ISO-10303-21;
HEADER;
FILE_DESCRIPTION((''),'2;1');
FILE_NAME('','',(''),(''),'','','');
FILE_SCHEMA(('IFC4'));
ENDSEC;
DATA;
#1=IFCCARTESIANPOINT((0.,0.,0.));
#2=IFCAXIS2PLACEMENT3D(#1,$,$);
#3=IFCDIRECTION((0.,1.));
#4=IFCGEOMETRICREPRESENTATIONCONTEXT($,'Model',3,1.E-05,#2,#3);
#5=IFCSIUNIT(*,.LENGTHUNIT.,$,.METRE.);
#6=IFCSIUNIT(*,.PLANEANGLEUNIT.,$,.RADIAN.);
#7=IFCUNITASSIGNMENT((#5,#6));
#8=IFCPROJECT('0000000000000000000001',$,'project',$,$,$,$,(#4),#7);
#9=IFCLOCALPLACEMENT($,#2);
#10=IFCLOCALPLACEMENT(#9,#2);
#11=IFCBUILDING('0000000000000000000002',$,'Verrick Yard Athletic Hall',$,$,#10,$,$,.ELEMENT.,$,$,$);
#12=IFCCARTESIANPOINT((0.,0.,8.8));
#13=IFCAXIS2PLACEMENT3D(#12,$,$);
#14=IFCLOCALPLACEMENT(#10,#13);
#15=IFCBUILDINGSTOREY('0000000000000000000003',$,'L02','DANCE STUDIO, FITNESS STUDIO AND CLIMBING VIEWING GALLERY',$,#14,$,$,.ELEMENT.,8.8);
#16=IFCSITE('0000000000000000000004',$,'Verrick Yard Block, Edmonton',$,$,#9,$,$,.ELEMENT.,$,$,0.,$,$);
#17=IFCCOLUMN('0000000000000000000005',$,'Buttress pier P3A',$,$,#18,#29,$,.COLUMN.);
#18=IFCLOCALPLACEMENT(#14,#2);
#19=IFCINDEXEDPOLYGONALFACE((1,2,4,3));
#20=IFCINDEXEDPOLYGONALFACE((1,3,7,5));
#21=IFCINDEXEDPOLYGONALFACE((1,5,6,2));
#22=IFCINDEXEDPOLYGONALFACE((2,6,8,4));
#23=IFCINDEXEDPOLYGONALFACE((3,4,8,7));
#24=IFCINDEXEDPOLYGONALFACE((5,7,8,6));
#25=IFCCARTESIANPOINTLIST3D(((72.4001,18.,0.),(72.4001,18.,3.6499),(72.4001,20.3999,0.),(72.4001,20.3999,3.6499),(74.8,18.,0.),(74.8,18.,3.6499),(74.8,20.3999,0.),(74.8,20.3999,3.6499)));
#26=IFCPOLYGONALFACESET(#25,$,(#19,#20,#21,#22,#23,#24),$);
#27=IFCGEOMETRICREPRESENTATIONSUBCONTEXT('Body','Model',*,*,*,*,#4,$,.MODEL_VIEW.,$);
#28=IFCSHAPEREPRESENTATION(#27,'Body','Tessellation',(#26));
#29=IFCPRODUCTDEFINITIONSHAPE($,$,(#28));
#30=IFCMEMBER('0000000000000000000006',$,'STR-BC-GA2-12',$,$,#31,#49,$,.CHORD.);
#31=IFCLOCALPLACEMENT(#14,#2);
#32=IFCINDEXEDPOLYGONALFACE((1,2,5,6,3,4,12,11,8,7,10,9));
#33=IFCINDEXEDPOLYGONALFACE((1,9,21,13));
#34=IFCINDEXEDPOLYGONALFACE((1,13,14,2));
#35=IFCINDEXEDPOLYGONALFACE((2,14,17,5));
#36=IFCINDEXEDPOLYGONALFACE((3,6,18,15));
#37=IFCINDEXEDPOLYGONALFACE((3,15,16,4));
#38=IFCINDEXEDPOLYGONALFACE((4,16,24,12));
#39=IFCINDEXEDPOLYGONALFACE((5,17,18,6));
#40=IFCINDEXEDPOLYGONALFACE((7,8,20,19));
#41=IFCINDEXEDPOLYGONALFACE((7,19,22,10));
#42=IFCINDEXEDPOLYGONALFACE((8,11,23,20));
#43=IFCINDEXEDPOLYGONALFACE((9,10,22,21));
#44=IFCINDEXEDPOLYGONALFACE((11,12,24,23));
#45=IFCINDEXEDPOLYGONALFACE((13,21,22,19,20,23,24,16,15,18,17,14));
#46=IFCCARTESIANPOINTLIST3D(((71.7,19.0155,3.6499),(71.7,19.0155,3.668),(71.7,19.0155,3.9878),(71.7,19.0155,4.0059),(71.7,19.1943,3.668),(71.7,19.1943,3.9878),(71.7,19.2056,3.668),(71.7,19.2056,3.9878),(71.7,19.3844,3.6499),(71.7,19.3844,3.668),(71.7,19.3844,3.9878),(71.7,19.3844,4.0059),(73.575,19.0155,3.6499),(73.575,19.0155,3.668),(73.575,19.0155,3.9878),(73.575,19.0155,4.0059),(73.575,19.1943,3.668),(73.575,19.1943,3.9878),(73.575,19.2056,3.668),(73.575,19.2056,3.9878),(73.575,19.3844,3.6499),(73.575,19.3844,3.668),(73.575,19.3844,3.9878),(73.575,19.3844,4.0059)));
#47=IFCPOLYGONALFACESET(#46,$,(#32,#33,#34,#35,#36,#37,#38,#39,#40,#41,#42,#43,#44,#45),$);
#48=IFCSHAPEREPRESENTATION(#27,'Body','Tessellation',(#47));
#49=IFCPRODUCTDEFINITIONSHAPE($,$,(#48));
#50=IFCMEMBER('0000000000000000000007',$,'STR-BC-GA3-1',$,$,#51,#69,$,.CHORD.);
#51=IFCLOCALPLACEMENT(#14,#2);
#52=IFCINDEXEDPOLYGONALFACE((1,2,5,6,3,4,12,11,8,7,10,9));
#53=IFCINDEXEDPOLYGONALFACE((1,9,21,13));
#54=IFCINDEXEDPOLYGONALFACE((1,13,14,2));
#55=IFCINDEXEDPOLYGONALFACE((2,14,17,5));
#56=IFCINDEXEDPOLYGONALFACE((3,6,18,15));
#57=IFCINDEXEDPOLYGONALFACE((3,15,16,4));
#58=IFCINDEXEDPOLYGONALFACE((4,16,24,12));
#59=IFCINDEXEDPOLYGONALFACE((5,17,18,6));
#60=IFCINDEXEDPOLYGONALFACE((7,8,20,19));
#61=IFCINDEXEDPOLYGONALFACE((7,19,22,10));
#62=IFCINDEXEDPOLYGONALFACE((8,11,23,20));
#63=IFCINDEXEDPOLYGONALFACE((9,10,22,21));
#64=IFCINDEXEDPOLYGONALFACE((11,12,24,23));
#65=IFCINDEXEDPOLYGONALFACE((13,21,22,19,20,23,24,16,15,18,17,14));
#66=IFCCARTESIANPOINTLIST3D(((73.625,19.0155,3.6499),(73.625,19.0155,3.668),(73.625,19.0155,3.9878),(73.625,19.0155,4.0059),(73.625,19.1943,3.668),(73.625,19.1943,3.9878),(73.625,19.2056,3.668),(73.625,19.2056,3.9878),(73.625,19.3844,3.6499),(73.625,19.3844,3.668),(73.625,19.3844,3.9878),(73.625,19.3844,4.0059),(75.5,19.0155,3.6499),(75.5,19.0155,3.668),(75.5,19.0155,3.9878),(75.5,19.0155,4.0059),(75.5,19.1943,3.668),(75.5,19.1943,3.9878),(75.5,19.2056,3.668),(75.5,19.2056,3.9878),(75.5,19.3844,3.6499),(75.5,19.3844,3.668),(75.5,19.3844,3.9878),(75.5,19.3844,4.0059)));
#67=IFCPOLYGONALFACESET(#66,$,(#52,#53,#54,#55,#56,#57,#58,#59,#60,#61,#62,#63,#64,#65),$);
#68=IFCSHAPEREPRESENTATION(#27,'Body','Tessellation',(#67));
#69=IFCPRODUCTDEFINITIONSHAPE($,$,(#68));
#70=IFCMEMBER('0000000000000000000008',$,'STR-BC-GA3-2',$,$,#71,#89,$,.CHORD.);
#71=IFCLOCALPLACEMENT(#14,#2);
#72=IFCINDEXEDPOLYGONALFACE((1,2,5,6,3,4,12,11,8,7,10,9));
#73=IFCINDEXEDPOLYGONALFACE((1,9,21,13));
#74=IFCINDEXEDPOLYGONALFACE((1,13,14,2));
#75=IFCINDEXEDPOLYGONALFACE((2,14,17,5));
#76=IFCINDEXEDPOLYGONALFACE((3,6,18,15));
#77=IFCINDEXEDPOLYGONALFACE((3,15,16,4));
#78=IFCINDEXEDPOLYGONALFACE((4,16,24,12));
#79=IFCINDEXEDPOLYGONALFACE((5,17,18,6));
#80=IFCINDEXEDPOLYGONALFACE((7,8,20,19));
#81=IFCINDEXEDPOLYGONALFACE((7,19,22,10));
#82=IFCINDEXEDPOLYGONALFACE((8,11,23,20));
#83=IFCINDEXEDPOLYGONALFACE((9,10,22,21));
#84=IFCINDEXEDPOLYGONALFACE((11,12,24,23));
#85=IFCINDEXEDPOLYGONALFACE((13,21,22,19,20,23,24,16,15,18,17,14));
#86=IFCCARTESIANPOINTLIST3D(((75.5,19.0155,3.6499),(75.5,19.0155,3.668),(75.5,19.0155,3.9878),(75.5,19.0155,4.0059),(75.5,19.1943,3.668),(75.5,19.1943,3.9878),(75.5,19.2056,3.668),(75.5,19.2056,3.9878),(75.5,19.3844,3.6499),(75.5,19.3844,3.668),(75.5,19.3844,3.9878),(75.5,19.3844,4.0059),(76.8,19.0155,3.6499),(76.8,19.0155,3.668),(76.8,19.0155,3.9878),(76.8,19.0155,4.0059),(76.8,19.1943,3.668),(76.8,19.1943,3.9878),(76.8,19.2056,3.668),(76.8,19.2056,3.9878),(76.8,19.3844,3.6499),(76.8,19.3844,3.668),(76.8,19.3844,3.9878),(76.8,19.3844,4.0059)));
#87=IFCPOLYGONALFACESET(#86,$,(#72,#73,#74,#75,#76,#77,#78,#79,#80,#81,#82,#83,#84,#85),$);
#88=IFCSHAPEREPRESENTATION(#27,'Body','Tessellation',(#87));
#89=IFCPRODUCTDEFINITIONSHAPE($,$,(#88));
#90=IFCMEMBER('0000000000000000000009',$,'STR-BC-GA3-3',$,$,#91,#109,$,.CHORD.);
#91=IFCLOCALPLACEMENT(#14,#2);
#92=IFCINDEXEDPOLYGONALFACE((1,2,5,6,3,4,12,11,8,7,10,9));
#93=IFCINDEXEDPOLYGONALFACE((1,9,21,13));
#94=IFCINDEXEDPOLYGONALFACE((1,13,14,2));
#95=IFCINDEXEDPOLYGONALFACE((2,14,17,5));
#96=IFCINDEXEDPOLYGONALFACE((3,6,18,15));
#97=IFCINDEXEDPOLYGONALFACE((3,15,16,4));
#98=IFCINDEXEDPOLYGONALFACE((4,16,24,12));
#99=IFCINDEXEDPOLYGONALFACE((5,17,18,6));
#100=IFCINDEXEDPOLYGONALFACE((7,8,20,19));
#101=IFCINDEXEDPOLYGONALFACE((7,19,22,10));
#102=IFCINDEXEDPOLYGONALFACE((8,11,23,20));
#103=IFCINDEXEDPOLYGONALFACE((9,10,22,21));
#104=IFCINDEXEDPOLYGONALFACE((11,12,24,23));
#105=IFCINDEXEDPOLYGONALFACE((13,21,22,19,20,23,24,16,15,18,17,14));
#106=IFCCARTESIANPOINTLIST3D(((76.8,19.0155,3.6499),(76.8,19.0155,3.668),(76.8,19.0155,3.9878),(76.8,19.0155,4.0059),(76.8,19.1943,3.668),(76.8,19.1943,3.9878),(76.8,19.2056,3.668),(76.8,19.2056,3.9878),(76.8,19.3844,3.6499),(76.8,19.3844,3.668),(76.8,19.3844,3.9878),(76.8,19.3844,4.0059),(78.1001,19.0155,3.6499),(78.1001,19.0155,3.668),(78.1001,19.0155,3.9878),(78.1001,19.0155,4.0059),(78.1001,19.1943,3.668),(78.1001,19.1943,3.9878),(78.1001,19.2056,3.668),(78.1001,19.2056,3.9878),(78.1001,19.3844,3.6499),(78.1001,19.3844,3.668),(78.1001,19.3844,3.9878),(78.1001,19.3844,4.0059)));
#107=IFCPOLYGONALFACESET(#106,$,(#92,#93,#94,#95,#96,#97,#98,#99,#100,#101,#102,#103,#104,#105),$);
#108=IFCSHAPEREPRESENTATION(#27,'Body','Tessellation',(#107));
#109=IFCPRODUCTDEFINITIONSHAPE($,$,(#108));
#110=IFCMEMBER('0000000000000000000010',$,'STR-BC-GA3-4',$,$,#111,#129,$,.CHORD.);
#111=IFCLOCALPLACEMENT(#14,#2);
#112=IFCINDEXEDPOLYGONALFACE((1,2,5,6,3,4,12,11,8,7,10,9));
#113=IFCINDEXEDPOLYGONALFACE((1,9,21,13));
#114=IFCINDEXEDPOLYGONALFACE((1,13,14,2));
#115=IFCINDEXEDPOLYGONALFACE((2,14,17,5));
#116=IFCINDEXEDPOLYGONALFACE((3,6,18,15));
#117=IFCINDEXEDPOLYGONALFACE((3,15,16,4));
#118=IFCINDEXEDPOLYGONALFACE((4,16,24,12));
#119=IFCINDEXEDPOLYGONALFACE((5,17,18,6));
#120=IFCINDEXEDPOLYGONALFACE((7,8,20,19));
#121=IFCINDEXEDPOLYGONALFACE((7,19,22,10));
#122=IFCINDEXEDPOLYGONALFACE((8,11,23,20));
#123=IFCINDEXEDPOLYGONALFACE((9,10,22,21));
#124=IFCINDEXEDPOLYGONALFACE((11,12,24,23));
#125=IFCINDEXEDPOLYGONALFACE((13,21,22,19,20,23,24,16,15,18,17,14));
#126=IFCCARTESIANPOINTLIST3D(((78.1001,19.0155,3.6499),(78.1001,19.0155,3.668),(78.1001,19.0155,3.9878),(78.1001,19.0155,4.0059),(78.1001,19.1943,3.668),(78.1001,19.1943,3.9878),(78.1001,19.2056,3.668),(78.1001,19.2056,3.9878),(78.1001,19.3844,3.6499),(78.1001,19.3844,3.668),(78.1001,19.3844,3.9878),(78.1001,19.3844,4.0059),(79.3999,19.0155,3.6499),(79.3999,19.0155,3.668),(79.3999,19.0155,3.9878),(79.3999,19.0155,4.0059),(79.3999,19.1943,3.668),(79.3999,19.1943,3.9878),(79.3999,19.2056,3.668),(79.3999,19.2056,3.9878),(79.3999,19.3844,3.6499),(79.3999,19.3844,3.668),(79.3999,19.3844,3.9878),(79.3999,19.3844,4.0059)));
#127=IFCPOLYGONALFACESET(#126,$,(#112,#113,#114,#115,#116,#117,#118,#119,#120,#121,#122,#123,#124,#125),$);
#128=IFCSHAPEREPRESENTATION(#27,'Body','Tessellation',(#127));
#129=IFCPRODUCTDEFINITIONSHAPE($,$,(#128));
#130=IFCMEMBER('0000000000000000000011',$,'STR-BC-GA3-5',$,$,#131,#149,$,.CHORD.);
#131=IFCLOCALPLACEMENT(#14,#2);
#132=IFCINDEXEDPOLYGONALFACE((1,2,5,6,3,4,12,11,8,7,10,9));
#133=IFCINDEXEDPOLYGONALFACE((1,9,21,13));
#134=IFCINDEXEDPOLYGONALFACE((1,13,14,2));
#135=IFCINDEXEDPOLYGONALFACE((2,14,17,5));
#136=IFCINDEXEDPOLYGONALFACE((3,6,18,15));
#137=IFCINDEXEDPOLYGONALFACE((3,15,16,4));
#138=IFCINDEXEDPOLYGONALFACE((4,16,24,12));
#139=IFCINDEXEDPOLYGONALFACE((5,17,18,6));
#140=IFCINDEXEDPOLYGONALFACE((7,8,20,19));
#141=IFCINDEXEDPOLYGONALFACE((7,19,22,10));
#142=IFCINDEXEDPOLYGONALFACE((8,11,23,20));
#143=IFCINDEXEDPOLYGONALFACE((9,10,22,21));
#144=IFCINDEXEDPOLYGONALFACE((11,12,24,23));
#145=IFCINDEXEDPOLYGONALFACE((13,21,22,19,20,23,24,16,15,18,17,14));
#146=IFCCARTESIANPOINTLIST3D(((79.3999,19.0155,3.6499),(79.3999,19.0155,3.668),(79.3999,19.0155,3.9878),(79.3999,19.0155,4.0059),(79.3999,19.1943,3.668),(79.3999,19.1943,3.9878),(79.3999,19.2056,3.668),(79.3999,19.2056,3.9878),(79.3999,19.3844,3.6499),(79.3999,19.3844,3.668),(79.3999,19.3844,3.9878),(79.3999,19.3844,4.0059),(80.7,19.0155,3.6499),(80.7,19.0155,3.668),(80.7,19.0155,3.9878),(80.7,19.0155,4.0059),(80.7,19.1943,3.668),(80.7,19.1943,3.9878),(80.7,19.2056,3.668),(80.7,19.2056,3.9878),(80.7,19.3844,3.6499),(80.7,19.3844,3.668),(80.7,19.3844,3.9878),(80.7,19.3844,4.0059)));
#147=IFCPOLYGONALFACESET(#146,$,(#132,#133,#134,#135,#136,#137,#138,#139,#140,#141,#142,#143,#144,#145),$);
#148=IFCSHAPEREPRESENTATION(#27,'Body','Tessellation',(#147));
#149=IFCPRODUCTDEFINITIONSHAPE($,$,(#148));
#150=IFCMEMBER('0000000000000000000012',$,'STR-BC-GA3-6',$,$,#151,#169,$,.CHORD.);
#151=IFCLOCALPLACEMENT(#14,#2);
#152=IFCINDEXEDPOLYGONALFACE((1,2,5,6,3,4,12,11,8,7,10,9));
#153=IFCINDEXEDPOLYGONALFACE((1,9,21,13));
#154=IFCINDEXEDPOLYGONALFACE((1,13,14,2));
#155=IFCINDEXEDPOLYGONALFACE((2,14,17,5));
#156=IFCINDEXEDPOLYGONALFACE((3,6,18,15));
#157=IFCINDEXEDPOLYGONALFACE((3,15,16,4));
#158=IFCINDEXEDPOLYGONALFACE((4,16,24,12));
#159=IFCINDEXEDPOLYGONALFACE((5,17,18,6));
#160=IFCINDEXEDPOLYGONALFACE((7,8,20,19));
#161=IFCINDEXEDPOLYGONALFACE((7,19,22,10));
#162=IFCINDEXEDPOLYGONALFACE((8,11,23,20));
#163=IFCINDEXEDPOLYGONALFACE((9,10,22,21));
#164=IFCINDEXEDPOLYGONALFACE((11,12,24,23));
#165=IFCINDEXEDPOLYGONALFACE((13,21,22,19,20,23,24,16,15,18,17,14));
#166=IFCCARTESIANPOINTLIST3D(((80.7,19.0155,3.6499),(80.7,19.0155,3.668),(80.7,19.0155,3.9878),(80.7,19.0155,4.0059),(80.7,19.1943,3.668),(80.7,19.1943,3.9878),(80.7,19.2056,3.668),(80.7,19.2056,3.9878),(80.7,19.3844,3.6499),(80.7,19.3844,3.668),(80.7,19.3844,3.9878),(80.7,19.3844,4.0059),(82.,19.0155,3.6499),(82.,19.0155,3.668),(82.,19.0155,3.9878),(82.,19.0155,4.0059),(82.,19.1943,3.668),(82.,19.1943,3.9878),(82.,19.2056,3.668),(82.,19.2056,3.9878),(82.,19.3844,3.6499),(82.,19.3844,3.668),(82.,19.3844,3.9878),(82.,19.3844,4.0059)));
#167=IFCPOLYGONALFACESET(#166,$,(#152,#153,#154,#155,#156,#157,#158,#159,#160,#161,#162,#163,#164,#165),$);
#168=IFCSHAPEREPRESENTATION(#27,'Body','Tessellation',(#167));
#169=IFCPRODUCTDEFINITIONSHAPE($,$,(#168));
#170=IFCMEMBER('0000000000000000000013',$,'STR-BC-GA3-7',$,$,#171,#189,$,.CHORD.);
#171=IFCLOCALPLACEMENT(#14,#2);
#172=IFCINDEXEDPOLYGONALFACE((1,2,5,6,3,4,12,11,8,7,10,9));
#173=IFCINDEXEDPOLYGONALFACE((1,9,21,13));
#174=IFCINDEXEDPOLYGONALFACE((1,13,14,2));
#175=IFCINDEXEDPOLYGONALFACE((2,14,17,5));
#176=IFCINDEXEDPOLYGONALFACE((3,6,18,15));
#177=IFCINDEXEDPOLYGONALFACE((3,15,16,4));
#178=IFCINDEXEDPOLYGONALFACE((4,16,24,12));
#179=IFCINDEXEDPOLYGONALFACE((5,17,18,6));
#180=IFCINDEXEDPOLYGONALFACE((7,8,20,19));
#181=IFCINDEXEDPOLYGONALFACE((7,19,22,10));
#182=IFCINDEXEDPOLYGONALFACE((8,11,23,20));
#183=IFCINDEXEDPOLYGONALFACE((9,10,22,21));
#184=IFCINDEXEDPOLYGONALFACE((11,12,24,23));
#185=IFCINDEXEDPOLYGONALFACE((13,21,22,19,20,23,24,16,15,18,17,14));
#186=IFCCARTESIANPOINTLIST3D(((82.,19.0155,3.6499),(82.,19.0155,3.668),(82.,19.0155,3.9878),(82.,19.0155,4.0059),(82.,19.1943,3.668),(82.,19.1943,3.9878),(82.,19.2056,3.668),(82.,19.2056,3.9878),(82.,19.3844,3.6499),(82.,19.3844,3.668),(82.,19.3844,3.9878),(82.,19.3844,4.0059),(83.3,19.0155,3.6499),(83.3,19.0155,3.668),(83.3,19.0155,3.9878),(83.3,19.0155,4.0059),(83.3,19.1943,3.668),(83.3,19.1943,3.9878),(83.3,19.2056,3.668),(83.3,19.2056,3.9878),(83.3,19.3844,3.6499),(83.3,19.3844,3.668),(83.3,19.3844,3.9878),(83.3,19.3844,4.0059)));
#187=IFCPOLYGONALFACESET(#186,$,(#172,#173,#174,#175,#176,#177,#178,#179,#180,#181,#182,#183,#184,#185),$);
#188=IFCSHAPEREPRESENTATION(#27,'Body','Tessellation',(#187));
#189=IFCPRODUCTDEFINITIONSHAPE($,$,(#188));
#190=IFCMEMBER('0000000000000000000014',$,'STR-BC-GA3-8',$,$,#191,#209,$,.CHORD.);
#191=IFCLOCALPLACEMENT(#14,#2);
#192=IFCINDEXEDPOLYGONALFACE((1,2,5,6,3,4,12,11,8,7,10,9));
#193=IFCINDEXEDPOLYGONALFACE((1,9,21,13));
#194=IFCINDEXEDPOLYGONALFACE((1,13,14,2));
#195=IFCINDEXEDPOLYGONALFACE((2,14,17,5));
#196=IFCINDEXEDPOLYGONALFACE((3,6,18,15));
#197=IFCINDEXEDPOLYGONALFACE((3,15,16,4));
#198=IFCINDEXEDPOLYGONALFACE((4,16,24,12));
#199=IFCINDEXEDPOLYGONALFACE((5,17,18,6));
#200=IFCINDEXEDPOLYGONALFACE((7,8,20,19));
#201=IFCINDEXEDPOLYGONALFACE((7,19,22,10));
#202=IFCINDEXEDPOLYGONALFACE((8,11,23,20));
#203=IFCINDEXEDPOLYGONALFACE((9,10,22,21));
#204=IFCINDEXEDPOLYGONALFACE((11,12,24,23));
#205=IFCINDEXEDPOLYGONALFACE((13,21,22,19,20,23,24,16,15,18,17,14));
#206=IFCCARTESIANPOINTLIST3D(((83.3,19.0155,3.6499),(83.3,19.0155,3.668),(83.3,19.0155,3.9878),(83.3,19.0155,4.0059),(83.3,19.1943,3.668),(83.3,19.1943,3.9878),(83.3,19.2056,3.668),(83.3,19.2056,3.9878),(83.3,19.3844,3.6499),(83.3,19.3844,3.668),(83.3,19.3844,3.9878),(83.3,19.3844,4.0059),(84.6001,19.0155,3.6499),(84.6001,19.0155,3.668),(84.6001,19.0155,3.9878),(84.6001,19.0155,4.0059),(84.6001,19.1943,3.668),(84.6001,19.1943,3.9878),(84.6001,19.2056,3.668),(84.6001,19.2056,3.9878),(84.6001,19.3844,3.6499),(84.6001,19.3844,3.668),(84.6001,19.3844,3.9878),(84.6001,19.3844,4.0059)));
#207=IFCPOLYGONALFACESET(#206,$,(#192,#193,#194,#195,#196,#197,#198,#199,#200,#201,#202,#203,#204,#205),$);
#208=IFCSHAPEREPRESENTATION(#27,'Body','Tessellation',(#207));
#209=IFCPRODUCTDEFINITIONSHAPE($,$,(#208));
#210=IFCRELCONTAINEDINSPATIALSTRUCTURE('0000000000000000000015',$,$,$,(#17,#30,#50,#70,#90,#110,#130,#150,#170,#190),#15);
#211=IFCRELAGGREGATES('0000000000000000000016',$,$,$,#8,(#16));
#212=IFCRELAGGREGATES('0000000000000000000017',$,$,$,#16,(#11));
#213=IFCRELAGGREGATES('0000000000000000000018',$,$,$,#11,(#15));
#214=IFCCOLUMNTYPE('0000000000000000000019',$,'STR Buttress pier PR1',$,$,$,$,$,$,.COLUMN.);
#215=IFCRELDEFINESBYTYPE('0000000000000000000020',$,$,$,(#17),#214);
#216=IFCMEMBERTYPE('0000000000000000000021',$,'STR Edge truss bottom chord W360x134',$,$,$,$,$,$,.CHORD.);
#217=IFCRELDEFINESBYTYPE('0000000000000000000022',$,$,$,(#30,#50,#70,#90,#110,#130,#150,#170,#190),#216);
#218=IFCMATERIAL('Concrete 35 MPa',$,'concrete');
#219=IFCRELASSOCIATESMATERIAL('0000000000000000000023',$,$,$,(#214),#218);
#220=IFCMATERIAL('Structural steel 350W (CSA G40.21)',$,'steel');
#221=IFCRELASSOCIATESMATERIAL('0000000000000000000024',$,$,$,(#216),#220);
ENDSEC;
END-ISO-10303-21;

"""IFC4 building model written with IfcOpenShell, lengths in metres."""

from ifc_helpers import new_model, si_unit, direction, frame, origin, origin_2d, place, context, subcontext, project, spatial, rectangle, i_section, extrude, material, material_profile, profile_set, type_object, element, save


model = new_model("IFC4")

# Units and contexts
model_context = context("Model", 3, precision=1e-05, world=origin(), true_north=direction((0.0, 1.0)))
body_context = subcontext(model_context, "Body", "Model", "MODEL_VIEW")
ifc_project = project(units=[si_unit("LENGTHUNIT", "METRE"), si_unit("PLANEANGLEUNIT", "RADIAN")], contexts=[model_context])

# Site, building, storey
site_placement = place(None, origin())
site = spatial("IfcSite", under=ifc_project, at=site_placement, Name="Verrick Yard Block, Edmonton", CompositionType="ELEMENT", RefElevation=0.0)
building_placement = place(site_placement, origin())
building = spatial("IfcBuilding", under=site, at=building_placement, Name="Verrick Yard Athletic Hall", CompositionType="ELEMENT")
storey_placement = place(building_placement, frame((0.0, 0.0, 8.8)))
storey = spatial("IfcBuildingStorey", under=building, at=storey_placement, Name="L02", Description="DANCE STUDIO, FITNESS STUDIO AND CLIMBING VIEWING GALLERY", CompositionType="ELEMENT", Elevation=8.8)

# Column
ifc_material_1 = material(Name="Concrete 35 MPa", Category="concrete")
ifc_material_profile_1 = material_profile(ifc_material_1, rectangle(XDim=2.3999, YDim=2.3999, at=origin_2d()), Name="STR Buttress pier PR1")
ifc_profile_set_1 = profile_set([ifc_material_profile_1], Name="Concrete 35 MPa")
column_type = type_object("IfcColumnType", Name="STR Buttress pier PR1", PredefinedType="COLUMN", material=ifc_profile_set_1)
column_placement = place(storey_placement, frame((73.6001, 19.2, 0.0), z_axis=(0.0, 0.0, 1.0), x_axis=(1.0, 0.0, 0.0)))
element("IfcColumn", 1, at=column_placement, inside=storey, type_object=column_type, Name="Buttress pier P3A", PredefinedType="COLUMN", context=body_context, shape_type="SweptSolid", body=[
    extrude(rectangle(XDim=2.3999, YDim=2.3999, at=origin_2d()), origin(), (0.0, 0.0, 1.0), 3.6499),
])

# Members
ifc_material_2 = material(Name="Structural steel 350W (CSA G40.21)", Category="steel")
ifc_material_profile_2 = material_profile(ifc_material_2, i_section(OverallWidth=0.3689, OverallDepth=0.356, WebThickness=0.0112, FlangeThickness=0.0181, at=origin_2d()), Name="W360x134")
ifc_profile_set_2 = profile_set([ifc_material_profile_2], Name="Structural steel 350W (CSA G40.21)")
member_type_1 = type_object("IfcMemberType", Name="STR Edge truss bottom chord W360x134", PredefinedType="CHORD", material=ifc_profile_set_2)
for number, where, z_axis, x_axis, name in (
    (2, (71.7, 19.2, 3.8279), (1.0, 0.0, 0.0), (0.0, 1.0, 0.0), "STR-BC-GA2-12"),
    (3, (73.625, 19.2, 3.8279), (1.0, 0.0, 0.0), (0.0, 1.0, 0.0), "STR-BC-GA3-1"),
):
    element("IfcMember", number, at=place(storey_placement, frame(where, z_axis=z_axis, x_axis=x_axis)), inside=storey, type_object=member_type_1, Name=name, PredefinedType="CHORD", context=body_context, shape_type="SweptSolid", body=[
        extrude(i_section(OverallWidth=0.3689, OverallDepth=0.356, WebThickness=0.0112, FlangeThickness=0.0181, at=origin_2d()), origin(), (0.0, 0.0, 1.0), 1.875),
    ])
for number, where, z_axis, x_axis, name in (
    (4, (75.5, 19.2, 3.8279), (1.0, 0.0, 0.0), (0.0, 1.0, 0.0), "STR-BC-GA3-2"),
    (5, (76.8, 19.2, 3.8279), (1.0, 0.0, 0.0), (0.0, 1.0, 0.0), "STR-BC-GA3-3"),
):
    element("IfcMember", number, at=place(storey_placement, frame(where, z_axis=z_axis, x_axis=x_axis)), inside=storey, type_object=member_type_1, Name=name, PredefinedType="CHORD", context=body_context, shape_type="SweptSolid", body=[
        extrude(i_section(OverallWidth=0.3689, OverallDepth=0.356, WebThickness=0.0112, FlangeThickness=0.0181, at=origin_2d()), origin(), (0.0, 0.0, 1.0), 1.3),
    ])
member_1_placement = place(storey_placement, frame((78.1001, 19.2, 3.8279), z_axis=(1.0, 0.0, 0.0), x_axis=(0.0, 1.0, 0.0)))
element("IfcMember", 6, at=member_1_placement, inside=storey, type_object=member_type_1, Name="STR-BC-GA3-4", PredefinedType="CHORD", context=body_context, shape_type="SweptSolid", body=[
    extrude(i_section(OverallWidth=0.3689, OverallDepth=0.356, WebThickness=0.0112, FlangeThickness=0.0181, at=origin_2d()), origin(), (0.0, 0.0, 1.0), 1.2998),
])
for number, where, z_axis, x_axis, name in (
    (7, (79.3999, 19.2, 3.8279), (1.0, 0.0, 0.0), (0.0, 1.0, 0.0), "STR-BC-GA3-5"),
    (8, (80.7, 19.2, 3.8279), (1.0, 0.0, 0.0), (0.0, 1.0, 0.0), "STR-BC-GA3-6"),
    (9, (82.0, 19.2, 3.8279), (1.0, 0.0, 0.0), (0.0, 1.0, 0.0), "STR-BC-GA3-7"),
    (10, (83.3, 19.2, 3.8279), (1.0, 0.0, 0.0), (0.0, 1.0, 0.0), "STR-BC-GA3-8"),
):
    element("IfcMember", number, at=place(storey_placement, frame(where, z_axis=z_axis, x_axis=x_axis)), inside=storey, type_object=member_type_1, Name=name, PredefinedType="CHORD", context=body_context, shape_type="SweptSolid", body=[
        extrude(i_section(OverallWidth=0.3689, OverallDepth=0.356, WebThickness=0.0112, FlangeThickness=0.0181, at=origin_2d()), origin(), (0.0, 0.0, 1.0), 1.3),
    ])

save(model, "model.ifc")
